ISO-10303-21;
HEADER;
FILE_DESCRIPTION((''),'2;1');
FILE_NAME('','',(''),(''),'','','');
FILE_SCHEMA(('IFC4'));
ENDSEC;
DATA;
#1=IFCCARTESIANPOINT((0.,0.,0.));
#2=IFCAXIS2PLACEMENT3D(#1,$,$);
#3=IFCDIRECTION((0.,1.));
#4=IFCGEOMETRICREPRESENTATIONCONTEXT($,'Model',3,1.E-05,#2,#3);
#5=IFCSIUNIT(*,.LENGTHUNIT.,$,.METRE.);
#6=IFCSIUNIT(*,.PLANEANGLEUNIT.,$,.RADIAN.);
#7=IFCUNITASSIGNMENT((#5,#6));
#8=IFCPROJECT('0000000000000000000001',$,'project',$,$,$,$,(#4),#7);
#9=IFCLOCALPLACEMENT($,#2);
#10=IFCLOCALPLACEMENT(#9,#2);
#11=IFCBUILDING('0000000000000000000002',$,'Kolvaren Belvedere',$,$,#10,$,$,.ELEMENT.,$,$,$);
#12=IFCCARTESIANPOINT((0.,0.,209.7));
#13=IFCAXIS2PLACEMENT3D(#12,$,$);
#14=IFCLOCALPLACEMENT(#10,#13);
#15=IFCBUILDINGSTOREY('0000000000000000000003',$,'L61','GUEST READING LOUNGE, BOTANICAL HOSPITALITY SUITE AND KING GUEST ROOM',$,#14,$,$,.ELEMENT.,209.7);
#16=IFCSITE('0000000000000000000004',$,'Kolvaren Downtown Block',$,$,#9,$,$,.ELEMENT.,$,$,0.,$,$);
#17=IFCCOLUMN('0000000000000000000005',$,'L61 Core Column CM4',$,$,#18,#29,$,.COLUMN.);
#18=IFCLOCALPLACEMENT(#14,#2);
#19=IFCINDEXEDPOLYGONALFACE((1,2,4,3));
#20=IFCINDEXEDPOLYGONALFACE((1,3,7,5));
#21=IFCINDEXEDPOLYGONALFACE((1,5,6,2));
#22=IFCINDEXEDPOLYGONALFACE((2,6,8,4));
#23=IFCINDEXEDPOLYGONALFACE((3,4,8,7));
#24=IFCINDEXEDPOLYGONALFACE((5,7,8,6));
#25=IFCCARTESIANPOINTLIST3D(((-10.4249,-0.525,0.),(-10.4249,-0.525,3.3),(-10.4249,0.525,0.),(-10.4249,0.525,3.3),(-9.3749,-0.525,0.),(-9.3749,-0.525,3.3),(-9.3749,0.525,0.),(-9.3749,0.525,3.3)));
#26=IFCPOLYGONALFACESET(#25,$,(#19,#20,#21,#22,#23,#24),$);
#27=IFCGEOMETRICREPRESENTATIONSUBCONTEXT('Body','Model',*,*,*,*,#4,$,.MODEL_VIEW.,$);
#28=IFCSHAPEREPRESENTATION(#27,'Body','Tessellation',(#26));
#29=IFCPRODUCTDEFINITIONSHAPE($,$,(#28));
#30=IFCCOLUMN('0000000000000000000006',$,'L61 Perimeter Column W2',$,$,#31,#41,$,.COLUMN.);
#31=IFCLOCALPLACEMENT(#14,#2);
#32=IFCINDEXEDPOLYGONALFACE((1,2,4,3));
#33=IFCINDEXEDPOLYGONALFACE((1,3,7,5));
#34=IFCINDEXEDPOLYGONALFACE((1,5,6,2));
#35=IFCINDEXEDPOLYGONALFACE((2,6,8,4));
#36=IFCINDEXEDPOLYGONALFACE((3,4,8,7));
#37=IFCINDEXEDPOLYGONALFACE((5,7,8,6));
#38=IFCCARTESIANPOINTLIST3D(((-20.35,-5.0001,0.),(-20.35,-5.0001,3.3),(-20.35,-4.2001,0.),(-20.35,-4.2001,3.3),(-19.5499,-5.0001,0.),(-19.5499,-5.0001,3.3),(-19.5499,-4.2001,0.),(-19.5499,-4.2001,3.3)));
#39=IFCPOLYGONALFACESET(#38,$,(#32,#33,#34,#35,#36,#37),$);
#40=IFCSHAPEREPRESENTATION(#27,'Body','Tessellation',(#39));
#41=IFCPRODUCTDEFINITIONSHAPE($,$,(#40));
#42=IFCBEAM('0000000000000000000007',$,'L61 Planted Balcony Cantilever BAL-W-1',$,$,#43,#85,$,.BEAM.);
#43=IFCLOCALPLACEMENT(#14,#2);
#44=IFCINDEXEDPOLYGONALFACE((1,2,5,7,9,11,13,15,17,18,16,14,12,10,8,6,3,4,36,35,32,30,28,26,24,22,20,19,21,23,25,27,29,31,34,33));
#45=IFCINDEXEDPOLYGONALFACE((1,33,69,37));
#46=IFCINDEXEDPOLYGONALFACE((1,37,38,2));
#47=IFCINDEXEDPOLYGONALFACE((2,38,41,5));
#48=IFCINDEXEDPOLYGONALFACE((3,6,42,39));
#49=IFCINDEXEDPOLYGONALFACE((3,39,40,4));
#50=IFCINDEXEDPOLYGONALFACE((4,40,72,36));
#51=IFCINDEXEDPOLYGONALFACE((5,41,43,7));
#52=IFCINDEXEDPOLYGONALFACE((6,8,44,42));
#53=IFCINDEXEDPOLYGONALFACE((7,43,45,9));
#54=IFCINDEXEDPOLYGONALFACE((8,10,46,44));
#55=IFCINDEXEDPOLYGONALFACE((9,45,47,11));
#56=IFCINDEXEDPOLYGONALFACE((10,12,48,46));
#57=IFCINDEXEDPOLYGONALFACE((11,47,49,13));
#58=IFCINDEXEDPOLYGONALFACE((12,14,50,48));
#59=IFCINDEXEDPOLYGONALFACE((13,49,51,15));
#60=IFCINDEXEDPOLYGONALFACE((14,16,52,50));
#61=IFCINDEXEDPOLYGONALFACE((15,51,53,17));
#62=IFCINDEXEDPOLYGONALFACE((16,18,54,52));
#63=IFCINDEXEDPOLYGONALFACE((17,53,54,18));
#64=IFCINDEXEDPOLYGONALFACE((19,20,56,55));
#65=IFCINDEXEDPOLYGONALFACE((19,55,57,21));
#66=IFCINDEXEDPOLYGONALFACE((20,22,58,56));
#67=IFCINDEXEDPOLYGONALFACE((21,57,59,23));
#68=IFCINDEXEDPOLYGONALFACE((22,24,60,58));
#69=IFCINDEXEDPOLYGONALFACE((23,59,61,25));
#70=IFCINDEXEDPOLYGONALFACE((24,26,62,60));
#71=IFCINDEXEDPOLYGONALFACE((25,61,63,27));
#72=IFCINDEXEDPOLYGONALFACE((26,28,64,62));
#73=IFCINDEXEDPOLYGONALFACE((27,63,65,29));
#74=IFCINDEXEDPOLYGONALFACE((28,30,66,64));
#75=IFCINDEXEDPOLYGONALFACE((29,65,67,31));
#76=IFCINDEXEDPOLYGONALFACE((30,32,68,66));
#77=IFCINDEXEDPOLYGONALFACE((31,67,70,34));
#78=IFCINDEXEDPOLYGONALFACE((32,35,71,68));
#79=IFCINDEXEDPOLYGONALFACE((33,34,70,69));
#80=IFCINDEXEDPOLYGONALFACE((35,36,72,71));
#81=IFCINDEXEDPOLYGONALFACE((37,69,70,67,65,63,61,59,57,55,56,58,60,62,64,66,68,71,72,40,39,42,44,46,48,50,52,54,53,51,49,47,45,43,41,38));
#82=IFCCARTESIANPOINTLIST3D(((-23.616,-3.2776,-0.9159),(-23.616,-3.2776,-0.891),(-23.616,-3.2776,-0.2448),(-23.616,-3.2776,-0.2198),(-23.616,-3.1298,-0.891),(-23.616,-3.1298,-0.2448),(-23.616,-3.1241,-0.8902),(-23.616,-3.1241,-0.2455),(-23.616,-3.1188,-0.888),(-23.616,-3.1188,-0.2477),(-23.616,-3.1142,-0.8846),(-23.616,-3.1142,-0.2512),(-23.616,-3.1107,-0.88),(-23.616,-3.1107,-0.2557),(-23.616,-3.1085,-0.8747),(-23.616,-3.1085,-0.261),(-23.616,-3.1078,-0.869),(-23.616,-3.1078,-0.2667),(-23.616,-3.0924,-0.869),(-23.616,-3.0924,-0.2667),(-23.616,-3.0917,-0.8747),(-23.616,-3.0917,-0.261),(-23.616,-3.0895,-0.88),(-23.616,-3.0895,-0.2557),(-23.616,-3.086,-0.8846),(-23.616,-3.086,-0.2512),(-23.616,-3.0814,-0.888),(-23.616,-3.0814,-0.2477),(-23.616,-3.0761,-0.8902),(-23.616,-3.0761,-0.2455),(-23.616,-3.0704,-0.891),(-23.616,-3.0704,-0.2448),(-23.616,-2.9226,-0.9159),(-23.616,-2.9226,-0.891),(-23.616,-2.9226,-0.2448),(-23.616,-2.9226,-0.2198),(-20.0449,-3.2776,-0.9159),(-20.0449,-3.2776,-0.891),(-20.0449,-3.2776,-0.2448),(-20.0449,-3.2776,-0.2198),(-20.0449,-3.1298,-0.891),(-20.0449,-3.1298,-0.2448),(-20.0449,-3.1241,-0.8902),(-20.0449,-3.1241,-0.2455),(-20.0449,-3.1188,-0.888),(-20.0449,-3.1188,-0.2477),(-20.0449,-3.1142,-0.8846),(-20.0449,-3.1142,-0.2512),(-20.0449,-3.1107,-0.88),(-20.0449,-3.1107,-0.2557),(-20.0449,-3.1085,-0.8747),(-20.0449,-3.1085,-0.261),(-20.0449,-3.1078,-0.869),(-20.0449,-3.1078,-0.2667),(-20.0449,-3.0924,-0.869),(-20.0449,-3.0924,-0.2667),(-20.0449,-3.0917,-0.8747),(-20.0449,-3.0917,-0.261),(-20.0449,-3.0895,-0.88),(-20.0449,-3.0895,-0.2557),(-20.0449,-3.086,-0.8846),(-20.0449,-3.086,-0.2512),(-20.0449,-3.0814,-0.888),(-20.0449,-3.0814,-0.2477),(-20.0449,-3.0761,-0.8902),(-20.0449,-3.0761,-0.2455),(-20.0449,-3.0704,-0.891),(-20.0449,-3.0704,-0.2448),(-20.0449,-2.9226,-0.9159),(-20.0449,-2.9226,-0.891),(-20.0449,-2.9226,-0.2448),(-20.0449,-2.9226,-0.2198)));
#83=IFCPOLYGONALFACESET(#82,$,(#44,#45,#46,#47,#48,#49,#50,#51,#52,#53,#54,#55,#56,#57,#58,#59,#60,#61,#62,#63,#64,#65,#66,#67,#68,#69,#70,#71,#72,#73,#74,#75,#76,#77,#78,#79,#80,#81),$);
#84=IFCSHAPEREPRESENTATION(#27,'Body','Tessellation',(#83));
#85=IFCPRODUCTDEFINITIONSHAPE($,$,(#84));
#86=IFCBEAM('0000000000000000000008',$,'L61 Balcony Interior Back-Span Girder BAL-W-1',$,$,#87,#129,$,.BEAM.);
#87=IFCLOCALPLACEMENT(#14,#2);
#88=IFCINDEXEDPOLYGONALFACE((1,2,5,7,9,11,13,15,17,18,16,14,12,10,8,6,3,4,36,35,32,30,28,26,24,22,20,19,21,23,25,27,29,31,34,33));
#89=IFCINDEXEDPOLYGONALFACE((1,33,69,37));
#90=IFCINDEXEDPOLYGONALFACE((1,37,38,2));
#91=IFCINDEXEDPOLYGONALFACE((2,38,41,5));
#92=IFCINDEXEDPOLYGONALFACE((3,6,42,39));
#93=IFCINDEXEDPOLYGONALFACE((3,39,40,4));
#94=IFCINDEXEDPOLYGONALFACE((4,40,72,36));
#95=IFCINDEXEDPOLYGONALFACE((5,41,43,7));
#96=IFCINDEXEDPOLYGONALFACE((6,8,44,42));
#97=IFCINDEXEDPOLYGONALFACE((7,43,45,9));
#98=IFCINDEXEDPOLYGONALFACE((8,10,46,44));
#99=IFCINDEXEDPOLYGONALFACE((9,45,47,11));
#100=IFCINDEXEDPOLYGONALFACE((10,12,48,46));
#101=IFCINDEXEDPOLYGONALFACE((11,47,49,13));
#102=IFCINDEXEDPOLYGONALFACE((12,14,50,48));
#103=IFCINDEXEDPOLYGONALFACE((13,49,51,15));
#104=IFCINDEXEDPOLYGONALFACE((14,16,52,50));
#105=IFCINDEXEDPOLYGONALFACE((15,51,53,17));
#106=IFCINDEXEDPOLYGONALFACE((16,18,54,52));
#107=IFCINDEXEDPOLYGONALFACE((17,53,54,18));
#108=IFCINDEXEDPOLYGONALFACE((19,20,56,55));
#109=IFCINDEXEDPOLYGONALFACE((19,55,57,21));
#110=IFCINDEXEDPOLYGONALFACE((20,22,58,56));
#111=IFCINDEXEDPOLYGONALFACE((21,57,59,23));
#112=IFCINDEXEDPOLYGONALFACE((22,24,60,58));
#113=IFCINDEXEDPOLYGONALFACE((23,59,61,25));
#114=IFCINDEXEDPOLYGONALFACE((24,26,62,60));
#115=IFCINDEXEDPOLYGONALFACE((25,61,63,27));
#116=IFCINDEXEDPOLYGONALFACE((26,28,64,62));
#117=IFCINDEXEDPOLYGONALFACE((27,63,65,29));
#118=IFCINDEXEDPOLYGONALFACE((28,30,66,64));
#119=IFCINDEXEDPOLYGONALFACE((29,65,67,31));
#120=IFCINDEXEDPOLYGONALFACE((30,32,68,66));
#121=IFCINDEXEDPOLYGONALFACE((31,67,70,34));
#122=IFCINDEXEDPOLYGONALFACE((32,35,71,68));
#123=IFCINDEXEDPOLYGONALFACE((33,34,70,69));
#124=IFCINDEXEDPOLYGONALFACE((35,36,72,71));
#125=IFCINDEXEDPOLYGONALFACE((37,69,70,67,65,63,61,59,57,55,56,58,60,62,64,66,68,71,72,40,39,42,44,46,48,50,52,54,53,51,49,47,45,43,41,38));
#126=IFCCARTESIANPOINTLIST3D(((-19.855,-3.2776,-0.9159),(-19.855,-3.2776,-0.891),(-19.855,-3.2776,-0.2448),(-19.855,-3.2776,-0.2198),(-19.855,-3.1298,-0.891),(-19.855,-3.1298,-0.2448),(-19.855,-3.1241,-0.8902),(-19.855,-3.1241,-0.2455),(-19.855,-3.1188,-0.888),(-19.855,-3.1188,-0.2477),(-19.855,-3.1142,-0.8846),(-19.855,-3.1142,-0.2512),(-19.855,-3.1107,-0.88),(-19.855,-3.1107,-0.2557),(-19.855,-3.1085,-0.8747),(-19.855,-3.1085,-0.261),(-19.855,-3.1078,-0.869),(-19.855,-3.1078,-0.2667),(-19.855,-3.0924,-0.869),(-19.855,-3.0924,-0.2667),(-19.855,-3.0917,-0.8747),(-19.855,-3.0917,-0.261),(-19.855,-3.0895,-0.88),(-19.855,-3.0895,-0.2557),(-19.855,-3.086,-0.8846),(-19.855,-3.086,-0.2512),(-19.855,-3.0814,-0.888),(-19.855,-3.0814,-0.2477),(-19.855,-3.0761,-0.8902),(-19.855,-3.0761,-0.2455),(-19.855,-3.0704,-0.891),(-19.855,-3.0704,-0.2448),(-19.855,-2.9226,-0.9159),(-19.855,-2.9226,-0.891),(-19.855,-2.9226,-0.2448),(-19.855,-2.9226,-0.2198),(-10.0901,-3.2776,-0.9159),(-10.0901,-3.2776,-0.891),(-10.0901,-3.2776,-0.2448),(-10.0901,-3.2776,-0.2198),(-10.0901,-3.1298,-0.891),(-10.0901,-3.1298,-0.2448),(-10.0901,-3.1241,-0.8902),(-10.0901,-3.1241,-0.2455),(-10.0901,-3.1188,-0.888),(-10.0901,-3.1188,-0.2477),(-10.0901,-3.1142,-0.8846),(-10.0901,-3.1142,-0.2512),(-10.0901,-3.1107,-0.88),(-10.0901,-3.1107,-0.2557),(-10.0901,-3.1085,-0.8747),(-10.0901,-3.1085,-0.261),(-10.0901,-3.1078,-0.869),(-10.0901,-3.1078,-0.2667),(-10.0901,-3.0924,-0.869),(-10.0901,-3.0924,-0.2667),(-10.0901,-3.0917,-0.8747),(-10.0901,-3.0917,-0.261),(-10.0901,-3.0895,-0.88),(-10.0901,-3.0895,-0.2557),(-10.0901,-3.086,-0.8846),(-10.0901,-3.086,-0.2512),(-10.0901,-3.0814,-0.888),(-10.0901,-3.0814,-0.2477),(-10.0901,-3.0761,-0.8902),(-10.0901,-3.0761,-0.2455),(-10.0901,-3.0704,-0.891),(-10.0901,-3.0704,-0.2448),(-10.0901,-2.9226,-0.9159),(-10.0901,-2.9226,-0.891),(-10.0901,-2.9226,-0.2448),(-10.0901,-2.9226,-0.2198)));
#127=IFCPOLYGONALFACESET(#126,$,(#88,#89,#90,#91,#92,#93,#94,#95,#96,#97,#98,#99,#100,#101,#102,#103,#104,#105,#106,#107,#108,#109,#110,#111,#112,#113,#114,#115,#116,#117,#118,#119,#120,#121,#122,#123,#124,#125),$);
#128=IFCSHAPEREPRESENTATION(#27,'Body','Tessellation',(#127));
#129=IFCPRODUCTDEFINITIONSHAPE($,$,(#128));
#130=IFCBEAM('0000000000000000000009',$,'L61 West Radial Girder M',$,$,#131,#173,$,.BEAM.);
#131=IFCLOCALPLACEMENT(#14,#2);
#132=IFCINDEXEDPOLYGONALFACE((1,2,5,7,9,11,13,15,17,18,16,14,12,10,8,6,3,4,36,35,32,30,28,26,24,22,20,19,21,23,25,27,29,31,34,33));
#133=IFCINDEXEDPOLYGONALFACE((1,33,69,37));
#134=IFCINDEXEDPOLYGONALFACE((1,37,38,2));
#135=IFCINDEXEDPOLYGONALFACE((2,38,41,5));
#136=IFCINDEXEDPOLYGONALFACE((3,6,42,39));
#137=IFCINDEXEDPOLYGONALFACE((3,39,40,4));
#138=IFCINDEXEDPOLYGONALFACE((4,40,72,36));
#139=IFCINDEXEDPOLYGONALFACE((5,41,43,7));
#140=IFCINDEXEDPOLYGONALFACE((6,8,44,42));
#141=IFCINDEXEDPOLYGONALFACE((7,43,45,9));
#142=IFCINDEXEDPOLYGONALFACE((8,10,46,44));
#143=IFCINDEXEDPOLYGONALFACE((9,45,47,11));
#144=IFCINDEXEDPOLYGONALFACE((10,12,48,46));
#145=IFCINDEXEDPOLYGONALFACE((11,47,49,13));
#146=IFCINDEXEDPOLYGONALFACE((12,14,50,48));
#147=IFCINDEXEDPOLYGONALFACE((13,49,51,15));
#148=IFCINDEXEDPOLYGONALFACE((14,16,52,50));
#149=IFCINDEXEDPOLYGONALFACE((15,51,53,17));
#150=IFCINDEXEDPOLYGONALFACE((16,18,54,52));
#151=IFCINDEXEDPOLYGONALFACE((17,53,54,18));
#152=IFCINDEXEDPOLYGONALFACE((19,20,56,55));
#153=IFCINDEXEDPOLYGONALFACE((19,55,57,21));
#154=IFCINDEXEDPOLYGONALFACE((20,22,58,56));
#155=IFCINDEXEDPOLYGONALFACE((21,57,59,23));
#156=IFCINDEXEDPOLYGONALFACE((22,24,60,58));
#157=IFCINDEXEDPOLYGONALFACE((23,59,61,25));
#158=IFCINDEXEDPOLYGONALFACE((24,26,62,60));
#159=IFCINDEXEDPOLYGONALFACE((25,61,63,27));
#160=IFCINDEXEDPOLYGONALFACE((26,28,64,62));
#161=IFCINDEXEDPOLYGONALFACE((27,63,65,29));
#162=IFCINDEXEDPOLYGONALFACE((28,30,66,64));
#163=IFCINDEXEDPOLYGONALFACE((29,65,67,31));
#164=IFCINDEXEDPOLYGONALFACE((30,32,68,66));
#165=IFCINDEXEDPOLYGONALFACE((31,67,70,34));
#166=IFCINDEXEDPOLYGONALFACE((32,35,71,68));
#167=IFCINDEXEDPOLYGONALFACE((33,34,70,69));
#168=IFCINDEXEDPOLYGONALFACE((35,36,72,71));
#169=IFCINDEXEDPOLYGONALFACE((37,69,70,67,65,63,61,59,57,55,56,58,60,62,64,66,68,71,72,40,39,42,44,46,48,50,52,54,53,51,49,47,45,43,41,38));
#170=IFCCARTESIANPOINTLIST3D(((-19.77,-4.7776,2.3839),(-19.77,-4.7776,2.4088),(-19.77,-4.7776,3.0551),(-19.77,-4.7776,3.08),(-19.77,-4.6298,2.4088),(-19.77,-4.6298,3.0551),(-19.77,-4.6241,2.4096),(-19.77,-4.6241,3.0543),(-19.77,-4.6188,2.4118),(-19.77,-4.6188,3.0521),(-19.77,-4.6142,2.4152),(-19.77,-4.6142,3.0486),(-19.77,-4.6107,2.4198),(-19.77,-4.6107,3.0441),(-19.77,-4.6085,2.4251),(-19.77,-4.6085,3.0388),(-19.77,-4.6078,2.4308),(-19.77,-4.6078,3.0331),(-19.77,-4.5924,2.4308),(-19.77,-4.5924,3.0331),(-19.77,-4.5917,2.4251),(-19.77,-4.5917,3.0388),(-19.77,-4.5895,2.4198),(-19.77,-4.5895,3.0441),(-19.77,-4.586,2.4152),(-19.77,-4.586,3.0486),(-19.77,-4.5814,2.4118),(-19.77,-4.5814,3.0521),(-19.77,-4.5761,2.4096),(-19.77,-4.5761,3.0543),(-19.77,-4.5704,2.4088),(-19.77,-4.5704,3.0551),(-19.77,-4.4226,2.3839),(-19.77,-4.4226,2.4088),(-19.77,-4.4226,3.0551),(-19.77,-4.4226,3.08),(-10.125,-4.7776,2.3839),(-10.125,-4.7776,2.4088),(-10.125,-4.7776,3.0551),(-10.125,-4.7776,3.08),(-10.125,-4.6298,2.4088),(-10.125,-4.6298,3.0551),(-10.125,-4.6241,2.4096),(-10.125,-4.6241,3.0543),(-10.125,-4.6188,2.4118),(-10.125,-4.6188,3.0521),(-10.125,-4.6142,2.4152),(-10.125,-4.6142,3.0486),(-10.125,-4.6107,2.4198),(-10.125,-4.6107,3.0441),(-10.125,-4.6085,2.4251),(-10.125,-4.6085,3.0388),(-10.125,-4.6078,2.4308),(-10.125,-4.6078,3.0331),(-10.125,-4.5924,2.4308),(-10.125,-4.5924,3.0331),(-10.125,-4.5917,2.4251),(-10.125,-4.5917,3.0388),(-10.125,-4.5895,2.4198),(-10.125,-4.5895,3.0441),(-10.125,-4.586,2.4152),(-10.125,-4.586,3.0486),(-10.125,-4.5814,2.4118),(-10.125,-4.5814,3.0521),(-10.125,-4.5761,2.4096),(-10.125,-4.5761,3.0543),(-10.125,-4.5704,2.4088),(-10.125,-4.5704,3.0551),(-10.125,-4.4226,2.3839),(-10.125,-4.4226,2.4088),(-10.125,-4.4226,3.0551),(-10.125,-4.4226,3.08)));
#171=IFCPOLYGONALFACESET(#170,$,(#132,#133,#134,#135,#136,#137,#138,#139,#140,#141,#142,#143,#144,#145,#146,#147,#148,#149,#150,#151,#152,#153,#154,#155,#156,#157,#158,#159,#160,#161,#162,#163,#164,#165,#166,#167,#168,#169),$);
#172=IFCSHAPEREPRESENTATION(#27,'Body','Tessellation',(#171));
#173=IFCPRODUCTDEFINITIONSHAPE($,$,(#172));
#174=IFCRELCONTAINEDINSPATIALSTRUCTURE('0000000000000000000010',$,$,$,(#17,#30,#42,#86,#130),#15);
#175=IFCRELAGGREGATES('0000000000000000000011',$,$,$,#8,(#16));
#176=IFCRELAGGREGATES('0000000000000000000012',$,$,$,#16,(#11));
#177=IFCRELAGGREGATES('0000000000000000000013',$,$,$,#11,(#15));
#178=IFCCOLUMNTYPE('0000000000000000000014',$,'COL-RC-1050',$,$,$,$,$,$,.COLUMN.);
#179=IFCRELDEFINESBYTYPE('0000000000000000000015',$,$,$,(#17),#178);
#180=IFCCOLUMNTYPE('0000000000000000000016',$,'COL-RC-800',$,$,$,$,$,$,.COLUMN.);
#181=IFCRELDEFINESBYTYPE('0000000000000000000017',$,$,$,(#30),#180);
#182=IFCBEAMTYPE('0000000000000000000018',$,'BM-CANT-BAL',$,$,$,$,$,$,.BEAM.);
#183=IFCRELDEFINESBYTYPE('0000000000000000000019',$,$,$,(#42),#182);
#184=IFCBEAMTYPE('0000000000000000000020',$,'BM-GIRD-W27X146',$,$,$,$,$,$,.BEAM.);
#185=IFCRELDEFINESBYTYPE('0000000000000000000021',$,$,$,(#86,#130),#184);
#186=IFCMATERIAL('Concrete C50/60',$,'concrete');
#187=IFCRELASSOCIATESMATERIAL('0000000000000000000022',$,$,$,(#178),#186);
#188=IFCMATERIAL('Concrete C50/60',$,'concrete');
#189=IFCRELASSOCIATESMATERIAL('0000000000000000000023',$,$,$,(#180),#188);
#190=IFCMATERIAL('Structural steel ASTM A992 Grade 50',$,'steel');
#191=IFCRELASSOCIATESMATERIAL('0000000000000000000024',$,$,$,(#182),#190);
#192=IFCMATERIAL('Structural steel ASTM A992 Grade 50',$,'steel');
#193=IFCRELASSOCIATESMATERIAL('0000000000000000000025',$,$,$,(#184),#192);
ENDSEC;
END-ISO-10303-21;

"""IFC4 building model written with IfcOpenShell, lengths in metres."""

from ifc_helpers import new_model, si_unit, direction, frame, origin, origin_2d, place, context, subcontext, project, spatial, rectangle, i_section, extrude, material, material_profile, profile_set, type_object, element, save


model = new_model("IFC4")

# Units and contexts
model_context = context("Model", 3, precision=1e-05, world=origin(), true_north=direction((0.0, 1.0)))
body_context = subcontext(model_context, "Body", "Model", "MODEL_VIEW")
ifc_project = project(units=[si_unit("LENGTHUNIT", "METRE"), si_unit("PLANEANGLEUNIT", "RADIAN")], contexts=[model_context])

# Site, building, storey
site_placement = place(None, origin())
site = spatial("IfcSite", under=ifc_project, at=site_placement, Name="Kolvaren Downtown Block", CompositionType="ELEMENT", RefElevation=0.0)
building_placement = place(site_placement, origin())
building = spatial("IfcBuilding", under=site, at=building_placement, Name="Kolvaren Belvedere", CompositionType="ELEMENT")
storey_placement = place(building_placement, frame((0.0, 0.0, 209.7)))
storey = spatial("IfcBuildingStorey", under=building, at=storey_placement, Name="L61", Description="GUEST READING LOUNGE, BOTANICAL HOSPITALITY SUITE AND KING GUEST ROOM", CompositionType="ELEMENT", Elevation=209.7)

# Columns
ifc_material_1 = material(Name="Concrete C50/60", Category="concrete")
ifc_material_profile_1 = material_profile(ifc_material_1, rectangle(XDim=1.05, YDim=1.05, at=origin_2d()), Name="RC 1050X1050")
ifc_profile_set_1 = profile_set([ifc_material_profile_1], Name="Concrete C50/60")
column_type_1 = type_object("IfcColumnType", Name="COL-RC-1050", PredefinedType="COLUMN", material=ifc_profile_set_1)
column_1_placement = place(storey_placement, frame((-9.8999, 0.0, 0.0), z_axis=(0.0, 0.0, 1.0), x_axis=(1.0, 0.0, 0.0)))
element("IfcColumn", 1, at=column_1_placement, inside=storey, type_object=column_type_1, Name="L61 Core Column CM4", PredefinedType="COLUMN", context=body_context, shape_type="SweptSolid", body=[
    extrude(rectangle(XDim=1.05, YDim=1.05, at=origin_2d()), origin(), (0.0, 0.0, 1.0), 3.3),
])
ifc_material_2 = material(Name="Concrete C50/60", Category="concrete")
ifc_material_profile_2 = material_profile(ifc_material_2, rectangle(XDim=0.8, YDim=0.8, at=origin_2d()), Name="RC 800X800")
ifc_profile_set_2 = profile_set([ifc_material_profile_2], Name="Concrete C50/60")
column_type_2 = type_object("IfcColumnType", Name="COL-RC-800", PredefinedType="COLUMN", material=ifc_profile_set_2)
column_2_placement = place(storey_placement, frame((-19.95, -4.6001, 0.0), z_axis=(0.0, 0.0, 1.0), x_axis=(1.0, 0.0, 0.0)))
element("IfcColumn", 2, at=column_2_placement, inside=storey, type_object=column_type_2, Name="L61 Perimeter Column W2", PredefinedType="COLUMN", context=body_context, shape_type="SweptSolid", body=[
    extrude(rectangle(XDim=0.8, YDim=0.8, at=origin_2d()), origin(), (0.0, 0.0, 1.0), 3.3),
])

# Beams
ifc_material_3 = material(Name="Structural steel ASTM A992 Grade 50", Category="steel")
ifc_material_profile_3 = material_profile(ifc_material_3, i_section(OverallWidth=0.355, OverallDepth=0.696, WebThickness=0.0154, FlangeThickness=0.0249, FilletRadius=0.022, at=origin_2d()), Name="W27X146")
ifc_profile_set_3 = profile_set([ifc_material_profile_3], Name="Structural steel ASTM A992 Grade 50")
beam_type_1 = type_object("IfcBeamType", Name="BM-CANT-BAL", PredefinedType="BEAM", material=ifc_profile_set_3)
beam_1_placement = place(storey_placement, frame((-20.0449, -3.1001, -0.5679), z_axis=(-1.0, 0.0, 0.0), x_axis=(0.0, -1.0, 0.0)))
element("IfcBeam", 3, at=beam_1_placement, inside=storey, type_object=beam_type_1, Name="L61 Planted Balcony Cantilever BAL-W-1", PredefinedType="BEAM", context=body_context, shape_type="SweptSolid", body=[
    extrude(i_section(OverallWidth=0.355, OverallDepth=0.696, WebThickness=0.0154, FlangeThickness=0.0249, FilletRadius=0.022, at=origin_2d()), origin(), (0.0, 0.0, 1.0), 3.571),
])
ifc_material_4 = material(Name="Structural steel ASTM A992 Grade 50", Category="steel")
ifc_material_profile_4 = material_profile(ifc_material_4, i_section(OverallWidth=0.355, OverallDepth=0.696, WebThickness=0.0154, FlangeThickness=0.0249, FilletRadius=0.022, at=origin_2d()), Name="W27X146")
ifc_profile_set_4 = profile_set([ifc_material_profile_4], Name="Structural steel ASTM A992 Grade 50")
beam_type_2 = type_object("IfcBeamType", Name="BM-GIRD-W27X146", PredefinedType="BEAM", material=ifc_profile_set_4)
beam_2_placement = place(storey_placement, frame((-10.0901, -3.1001, -0.5679), z_axis=(-1.0, 0.0, 0.0), x_axis=(0.0, -1.0, 0.0)))
element("IfcBeam", 4, at=beam_2_placement, inside=storey, type_object=beam_type_2, Name="L61 Balcony Interior Back-Span Girder BAL-W-1", PredefinedType="BEAM", context=body_context, shape_type="SweptSolid", body=[
    extrude(i_section(OverallWidth=0.355, OverallDepth=0.696, WebThickness=0.0154, FlangeThickness=0.0249, FilletRadius=0.022, at=origin_2d()), origin(), (0.0, 0.0, 1.0), 9.7649),
])
beam_3_placement = place(storey_placement, frame((-10.125, -4.6001, 2.7319), z_axis=(-1.0, 0.0, 0.0), x_axis=(0.0, -1.0, 0.0)))
element("IfcBeam", 5, at=beam_3_placement, inside=storey, type_object=beam_type_2, Name="L61 West Radial Girder M", PredefinedType="BEAM", context=body_context, shape_type="SweptSolid", body=[
    extrude(i_section(OverallWidth=0.355, OverallDepth=0.696, WebThickness=0.0154, FlangeThickness=0.0249, FilletRadius=0.022, at=origin_2d()), origin(), (0.0, 0.0, 1.0), 9.645),
])

save(model, "model.ifc")
